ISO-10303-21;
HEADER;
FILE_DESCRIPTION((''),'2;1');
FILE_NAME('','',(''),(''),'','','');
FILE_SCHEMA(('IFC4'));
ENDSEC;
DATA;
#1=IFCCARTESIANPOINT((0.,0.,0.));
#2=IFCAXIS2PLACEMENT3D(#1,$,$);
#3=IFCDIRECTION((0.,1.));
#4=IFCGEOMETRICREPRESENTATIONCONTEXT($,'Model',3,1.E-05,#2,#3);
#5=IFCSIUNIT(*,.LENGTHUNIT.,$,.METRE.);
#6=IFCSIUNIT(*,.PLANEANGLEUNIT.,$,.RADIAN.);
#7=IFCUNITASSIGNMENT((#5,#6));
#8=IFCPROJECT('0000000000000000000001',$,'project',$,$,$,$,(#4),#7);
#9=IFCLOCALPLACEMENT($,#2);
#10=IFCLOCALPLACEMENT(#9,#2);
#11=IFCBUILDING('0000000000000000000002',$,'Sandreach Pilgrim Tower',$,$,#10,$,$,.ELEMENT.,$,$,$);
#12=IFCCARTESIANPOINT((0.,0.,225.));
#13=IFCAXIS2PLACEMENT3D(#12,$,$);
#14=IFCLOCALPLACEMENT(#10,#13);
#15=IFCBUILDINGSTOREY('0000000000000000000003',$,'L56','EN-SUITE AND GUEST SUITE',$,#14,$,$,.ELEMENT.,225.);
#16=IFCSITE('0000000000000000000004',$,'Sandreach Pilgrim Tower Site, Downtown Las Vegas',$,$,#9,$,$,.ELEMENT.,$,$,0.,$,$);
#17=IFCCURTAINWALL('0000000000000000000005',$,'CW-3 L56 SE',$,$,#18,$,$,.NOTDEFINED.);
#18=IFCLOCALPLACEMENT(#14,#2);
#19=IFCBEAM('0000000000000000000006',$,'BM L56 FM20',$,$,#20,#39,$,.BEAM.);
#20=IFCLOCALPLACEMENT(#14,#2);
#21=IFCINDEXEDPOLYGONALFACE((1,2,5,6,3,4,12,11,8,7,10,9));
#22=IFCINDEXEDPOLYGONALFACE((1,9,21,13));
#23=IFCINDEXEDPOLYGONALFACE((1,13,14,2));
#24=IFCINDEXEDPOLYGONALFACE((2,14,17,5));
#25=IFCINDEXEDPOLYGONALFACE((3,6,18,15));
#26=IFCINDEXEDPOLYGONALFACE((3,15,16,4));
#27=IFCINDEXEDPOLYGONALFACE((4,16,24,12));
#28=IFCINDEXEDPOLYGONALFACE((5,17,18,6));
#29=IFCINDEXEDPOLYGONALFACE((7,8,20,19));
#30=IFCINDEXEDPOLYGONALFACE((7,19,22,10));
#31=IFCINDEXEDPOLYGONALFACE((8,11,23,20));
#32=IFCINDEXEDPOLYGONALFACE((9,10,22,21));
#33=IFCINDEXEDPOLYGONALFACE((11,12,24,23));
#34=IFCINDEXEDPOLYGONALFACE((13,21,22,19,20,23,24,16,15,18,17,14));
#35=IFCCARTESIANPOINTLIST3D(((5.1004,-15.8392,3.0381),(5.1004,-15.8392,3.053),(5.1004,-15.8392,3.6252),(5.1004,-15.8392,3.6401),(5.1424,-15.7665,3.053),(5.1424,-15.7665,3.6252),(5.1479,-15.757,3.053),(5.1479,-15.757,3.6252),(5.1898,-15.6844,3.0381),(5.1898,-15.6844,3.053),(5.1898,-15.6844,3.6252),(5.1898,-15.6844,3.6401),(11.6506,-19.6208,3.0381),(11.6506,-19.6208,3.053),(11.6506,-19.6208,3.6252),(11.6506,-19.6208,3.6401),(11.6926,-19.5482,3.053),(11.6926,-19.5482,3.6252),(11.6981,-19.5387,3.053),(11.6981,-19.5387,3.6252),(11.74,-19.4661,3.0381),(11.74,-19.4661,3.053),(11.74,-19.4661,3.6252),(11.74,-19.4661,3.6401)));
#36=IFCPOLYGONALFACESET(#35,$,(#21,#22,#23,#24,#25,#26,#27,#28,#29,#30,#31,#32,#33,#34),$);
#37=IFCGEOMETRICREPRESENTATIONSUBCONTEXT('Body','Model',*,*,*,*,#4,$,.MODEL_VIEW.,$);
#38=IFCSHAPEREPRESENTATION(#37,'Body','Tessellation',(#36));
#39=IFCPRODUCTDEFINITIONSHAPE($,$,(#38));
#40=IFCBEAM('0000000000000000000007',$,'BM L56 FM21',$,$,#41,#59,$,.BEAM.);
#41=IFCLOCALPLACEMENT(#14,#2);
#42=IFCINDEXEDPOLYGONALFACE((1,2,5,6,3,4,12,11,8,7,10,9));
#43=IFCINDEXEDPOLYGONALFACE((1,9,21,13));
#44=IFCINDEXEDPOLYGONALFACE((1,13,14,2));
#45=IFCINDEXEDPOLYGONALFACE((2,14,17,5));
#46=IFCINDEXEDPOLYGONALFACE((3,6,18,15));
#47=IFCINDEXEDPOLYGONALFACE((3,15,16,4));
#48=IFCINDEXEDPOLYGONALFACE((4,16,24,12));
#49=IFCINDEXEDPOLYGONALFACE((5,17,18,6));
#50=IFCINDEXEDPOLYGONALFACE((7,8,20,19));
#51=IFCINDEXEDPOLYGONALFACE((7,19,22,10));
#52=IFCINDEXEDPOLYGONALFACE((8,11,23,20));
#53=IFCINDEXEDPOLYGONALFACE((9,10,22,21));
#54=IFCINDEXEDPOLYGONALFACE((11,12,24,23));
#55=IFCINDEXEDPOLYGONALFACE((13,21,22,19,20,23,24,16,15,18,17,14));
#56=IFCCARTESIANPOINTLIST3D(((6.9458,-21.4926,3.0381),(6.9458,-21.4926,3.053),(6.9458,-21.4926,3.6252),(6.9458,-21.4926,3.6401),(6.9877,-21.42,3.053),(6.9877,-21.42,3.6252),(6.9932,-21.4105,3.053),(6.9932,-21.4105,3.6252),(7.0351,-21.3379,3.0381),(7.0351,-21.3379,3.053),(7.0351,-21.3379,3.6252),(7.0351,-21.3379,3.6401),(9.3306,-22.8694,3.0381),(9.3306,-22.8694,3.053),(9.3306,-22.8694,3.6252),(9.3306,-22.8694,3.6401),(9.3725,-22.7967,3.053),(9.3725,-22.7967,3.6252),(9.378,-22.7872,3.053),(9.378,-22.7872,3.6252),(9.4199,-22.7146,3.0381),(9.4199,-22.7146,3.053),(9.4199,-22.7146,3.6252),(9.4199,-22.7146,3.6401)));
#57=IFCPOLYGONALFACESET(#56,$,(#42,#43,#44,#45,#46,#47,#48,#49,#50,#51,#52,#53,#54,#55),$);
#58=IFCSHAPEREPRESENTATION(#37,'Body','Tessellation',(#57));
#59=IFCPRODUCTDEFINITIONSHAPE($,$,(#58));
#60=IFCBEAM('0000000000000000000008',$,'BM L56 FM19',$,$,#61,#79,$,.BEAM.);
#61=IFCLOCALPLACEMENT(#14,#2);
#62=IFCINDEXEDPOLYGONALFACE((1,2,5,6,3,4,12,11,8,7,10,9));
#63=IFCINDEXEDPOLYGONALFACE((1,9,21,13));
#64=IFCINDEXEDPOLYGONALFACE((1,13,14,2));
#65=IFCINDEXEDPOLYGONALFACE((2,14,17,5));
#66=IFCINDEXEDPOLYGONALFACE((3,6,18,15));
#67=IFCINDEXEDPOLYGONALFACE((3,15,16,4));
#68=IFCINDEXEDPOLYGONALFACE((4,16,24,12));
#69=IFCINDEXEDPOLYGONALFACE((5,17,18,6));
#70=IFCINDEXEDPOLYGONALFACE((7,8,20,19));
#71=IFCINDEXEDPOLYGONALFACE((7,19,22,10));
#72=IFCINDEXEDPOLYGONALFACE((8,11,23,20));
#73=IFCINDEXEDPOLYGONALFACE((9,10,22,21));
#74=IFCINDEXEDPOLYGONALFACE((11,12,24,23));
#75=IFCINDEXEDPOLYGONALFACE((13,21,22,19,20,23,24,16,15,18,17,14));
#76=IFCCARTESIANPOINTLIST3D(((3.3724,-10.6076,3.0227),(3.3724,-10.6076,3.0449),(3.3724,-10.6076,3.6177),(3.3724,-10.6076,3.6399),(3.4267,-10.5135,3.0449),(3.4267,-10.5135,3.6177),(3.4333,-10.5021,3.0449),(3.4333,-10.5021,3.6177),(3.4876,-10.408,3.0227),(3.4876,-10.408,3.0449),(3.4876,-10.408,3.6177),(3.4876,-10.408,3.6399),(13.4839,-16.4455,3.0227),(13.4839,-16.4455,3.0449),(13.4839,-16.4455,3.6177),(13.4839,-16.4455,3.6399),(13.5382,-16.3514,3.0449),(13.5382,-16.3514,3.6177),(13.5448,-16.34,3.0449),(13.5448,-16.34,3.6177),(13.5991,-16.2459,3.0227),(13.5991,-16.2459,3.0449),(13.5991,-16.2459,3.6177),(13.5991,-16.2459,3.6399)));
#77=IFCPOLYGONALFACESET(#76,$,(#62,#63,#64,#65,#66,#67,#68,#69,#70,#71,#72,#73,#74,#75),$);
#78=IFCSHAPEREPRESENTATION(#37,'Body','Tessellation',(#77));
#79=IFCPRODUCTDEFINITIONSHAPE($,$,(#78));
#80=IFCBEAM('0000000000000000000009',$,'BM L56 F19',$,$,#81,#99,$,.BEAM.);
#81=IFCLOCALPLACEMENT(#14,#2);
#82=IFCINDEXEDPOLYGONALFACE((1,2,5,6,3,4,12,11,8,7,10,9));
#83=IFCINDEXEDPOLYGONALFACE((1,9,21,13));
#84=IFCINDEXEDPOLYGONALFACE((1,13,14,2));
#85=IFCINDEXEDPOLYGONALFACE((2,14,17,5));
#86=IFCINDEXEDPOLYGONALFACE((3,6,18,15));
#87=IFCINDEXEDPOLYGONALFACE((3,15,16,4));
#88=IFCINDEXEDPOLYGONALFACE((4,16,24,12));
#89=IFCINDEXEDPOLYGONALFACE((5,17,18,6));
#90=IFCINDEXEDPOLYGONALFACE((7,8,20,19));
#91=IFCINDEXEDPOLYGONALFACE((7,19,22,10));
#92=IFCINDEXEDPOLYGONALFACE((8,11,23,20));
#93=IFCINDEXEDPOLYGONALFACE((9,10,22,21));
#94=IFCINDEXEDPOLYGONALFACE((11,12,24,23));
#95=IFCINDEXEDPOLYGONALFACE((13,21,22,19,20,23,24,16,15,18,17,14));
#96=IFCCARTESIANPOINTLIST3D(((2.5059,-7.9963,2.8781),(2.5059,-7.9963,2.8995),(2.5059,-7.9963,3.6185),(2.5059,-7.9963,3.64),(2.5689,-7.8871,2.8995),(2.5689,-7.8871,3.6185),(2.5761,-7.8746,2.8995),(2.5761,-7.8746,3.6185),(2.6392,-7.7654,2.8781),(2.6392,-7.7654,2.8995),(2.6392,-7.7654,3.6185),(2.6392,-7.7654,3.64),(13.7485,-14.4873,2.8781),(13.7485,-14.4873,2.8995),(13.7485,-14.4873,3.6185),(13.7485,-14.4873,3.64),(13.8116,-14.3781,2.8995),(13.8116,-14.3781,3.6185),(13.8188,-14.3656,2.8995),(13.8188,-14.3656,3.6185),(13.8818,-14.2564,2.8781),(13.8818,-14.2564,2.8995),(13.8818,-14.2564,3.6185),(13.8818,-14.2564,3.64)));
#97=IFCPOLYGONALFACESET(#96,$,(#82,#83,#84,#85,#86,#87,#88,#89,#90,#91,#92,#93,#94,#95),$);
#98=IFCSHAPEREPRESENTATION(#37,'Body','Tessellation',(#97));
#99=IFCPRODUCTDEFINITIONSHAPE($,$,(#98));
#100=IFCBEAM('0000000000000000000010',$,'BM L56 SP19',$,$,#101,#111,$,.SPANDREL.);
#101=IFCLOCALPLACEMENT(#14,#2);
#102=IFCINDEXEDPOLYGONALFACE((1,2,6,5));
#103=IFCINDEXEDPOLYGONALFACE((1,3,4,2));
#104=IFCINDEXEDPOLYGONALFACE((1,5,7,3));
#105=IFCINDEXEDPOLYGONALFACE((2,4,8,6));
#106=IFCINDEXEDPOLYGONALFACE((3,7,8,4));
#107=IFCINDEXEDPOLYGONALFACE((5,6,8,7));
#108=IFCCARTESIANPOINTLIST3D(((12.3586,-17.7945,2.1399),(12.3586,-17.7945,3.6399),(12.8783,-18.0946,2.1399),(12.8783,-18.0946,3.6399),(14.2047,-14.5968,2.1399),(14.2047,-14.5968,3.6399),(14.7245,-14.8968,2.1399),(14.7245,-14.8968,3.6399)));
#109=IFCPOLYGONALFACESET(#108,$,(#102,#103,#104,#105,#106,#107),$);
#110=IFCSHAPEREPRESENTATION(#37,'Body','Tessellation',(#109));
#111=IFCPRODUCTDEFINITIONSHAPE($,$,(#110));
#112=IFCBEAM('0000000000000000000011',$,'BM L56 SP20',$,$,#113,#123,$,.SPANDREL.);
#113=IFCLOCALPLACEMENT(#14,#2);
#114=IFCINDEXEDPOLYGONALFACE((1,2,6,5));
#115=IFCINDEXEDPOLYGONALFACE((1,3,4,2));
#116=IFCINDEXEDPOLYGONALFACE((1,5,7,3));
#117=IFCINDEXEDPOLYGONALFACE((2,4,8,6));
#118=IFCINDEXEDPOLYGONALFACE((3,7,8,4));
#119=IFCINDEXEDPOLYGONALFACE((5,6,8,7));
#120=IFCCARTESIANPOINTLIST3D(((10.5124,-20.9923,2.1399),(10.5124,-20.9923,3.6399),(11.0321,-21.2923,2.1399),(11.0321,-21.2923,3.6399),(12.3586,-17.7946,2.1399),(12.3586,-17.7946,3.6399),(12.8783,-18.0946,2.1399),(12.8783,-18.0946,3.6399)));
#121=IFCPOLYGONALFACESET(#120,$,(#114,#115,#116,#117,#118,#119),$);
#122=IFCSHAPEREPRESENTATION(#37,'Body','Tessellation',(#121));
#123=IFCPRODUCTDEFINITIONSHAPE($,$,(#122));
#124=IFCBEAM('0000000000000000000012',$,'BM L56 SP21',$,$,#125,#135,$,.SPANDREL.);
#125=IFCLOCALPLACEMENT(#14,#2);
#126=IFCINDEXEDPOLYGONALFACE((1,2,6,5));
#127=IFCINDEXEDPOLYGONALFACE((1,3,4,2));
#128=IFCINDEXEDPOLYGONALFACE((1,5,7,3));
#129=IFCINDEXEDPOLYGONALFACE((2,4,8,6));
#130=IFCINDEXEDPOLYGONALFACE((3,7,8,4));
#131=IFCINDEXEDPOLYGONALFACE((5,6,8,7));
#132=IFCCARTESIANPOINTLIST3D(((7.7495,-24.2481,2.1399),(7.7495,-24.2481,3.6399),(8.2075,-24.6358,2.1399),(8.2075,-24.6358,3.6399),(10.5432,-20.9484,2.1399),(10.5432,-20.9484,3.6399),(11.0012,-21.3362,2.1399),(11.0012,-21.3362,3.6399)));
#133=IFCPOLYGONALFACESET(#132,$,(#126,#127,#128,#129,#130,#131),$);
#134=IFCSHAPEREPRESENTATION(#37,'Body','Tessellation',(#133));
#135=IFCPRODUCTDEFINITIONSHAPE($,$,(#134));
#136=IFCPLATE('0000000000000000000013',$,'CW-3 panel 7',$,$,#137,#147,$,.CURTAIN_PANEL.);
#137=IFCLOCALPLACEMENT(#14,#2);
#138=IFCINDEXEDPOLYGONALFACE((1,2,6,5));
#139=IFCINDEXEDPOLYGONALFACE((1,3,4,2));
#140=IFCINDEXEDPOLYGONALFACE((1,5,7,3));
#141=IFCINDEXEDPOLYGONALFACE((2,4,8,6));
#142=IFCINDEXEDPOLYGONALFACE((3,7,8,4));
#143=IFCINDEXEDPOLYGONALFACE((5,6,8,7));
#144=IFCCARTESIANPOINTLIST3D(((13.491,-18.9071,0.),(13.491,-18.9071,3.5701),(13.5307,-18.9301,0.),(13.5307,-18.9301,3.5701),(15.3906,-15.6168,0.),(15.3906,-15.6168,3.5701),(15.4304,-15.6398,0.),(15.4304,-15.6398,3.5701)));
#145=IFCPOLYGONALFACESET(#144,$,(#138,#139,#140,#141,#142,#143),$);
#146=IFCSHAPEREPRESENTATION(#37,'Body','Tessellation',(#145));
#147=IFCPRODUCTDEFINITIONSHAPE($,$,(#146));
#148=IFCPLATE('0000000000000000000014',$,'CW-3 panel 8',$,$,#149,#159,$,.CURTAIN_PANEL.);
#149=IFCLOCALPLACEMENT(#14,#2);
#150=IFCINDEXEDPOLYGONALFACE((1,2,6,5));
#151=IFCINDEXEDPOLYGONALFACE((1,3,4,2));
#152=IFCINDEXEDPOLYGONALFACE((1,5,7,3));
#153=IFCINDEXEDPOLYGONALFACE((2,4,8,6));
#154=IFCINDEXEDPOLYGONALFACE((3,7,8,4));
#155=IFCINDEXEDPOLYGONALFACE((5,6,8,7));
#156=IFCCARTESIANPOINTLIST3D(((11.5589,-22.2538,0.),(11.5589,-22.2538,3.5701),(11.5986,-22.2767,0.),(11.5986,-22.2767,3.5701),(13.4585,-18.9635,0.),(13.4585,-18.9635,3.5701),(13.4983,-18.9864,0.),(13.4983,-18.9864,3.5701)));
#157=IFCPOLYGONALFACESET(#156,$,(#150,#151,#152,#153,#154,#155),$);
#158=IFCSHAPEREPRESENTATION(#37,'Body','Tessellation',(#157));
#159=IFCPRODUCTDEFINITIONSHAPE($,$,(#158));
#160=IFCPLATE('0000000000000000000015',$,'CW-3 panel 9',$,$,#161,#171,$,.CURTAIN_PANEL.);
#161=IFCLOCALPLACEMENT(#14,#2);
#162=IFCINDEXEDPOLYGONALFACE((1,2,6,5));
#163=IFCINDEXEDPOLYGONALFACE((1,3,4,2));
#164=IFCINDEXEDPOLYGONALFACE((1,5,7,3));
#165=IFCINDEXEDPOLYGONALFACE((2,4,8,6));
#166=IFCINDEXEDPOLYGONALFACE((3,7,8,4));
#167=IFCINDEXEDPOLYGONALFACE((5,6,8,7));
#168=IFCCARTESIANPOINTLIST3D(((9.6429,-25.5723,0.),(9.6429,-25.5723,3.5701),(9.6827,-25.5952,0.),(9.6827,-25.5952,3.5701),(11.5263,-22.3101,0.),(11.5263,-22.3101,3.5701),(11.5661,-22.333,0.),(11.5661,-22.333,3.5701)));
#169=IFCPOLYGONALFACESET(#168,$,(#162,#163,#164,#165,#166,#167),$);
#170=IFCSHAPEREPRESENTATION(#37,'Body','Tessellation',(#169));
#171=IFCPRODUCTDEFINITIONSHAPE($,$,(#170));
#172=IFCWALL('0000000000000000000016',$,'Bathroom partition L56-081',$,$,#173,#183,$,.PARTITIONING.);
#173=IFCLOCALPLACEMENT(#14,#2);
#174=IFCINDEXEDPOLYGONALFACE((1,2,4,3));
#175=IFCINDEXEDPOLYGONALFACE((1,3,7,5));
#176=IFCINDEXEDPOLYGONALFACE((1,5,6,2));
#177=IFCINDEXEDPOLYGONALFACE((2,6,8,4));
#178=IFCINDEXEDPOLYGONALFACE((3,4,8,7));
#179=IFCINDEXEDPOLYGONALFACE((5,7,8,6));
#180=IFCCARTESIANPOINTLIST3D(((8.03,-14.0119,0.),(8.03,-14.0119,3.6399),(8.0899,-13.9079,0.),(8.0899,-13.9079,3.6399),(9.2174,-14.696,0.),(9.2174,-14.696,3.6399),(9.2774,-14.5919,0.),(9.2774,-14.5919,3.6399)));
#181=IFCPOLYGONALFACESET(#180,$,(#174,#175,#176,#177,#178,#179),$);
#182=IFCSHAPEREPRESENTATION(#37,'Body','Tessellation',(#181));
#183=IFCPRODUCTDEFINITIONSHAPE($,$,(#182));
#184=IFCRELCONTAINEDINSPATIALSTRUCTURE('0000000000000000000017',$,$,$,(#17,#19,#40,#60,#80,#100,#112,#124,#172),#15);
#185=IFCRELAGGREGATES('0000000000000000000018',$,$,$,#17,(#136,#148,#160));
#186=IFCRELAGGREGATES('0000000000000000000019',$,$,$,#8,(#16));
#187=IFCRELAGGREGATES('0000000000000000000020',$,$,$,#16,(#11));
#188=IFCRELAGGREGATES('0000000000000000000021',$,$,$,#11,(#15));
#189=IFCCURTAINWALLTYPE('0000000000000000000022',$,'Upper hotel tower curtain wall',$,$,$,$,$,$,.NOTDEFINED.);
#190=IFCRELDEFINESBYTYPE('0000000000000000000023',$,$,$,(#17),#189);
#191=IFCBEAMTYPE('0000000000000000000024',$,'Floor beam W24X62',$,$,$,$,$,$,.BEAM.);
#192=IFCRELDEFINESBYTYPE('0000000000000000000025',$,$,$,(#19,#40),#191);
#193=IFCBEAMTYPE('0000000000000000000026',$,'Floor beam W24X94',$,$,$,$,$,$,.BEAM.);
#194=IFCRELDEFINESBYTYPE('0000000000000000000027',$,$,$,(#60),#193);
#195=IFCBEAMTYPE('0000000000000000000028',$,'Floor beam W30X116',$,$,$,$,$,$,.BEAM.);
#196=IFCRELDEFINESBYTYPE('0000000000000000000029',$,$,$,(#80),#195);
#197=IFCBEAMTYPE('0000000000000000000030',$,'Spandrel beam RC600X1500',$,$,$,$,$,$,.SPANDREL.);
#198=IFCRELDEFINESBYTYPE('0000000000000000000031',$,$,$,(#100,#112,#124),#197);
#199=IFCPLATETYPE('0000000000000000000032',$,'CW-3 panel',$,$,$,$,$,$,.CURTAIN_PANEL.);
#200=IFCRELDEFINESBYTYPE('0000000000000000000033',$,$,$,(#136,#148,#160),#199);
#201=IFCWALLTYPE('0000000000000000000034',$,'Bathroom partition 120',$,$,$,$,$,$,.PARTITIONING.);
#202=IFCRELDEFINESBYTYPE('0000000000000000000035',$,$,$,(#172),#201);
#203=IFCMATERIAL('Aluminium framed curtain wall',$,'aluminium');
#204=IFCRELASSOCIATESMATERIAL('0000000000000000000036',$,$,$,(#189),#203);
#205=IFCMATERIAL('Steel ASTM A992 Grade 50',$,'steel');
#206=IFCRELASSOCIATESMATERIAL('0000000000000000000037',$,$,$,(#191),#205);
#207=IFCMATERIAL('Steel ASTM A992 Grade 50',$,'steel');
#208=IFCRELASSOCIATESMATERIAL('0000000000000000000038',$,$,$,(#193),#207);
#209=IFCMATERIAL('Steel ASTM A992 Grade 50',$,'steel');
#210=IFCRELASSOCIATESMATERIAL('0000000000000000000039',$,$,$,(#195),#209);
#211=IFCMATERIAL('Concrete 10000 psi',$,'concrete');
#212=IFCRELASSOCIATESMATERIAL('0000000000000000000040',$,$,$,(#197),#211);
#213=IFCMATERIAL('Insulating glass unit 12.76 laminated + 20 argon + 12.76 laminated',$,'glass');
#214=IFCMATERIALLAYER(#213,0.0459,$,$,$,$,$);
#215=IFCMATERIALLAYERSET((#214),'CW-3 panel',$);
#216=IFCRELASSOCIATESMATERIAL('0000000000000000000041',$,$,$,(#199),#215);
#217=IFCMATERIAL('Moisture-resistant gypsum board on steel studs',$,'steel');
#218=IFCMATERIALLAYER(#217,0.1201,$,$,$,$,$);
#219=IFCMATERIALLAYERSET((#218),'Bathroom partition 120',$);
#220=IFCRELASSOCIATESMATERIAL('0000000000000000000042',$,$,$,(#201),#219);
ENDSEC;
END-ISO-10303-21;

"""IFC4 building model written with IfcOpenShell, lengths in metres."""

from ifc_helpers import new_model, si_unit, direction, frame, frame_2d, origin, origin_2d, place, context, subcontext, project, spatial, rectangle, i_section, extrude, material, layer, layer_set, material_profile, profile_set, type_object, element, aggregate, save


model = new_model("IFC4")

# Units and contexts
model_context = context("Model", 3, precision=1e-05, world=origin(), true_north=direction((0.0, 1.0)))
body_context = subcontext(model_context, "Body", "Model", "MODEL_VIEW")
ifc_project = project(units=[si_unit("LENGTHUNIT", "METRE"), si_unit("PLANEANGLEUNIT", "RADIAN")], contexts=[model_context])

# Site, building, storey
site_placement = place(None, origin())
site = spatial("IfcSite", under=ifc_project, at=site_placement, Name="Sandreach Pilgrim Tower Site, Downtown Las Vegas", CompositionType="ELEMENT", RefElevation=0.0)
building_placement = place(site_placement, origin())
building = spatial("IfcBuilding", under=site, at=building_placement, Name="Sandreach Pilgrim Tower", CompositionType="ELEMENT")
storey_placement = place(building_placement, frame((0.0, 0.0, 225.0)))
storey = spatial("IfcBuildingStorey", under=building, at=storey_placement, Name="L56", Description="EN-SUITE AND GUEST SUITE", CompositionType="ELEMENT", Elevation=225.0)

# Curtain wall
ifc_material_1 = material(Name="Aluminium framed curtain wall", Category="aluminium")
curtain_wall_type = type_object("IfcCurtainWallType", Name="Upper hotel tower curtain wall", PredefinedType="NOTDEFINED", material=ifc_material_1)
curtain_wall_1_placement = place(storey_placement, origin())
curtain_wall_1 = element("IfcCurtainWall", 1, at=curtain_wall_1_placement, inside=storey, type_object=curtain_wall_type, Name="CW-3 L56 SE", PredefinedType="NOTDEFINED")

# Beams
ifc_material_2 = material(Name="Steel ASTM A992 Grade 50", Category="steel")
ifc_material_profile_1 = material_profile(ifc_material_2, i_section(OverallWidth=0.1787, OverallDepth=0.6021, WebThickness=0.011, FlangeThickness=0.0149, at=origin_2d()), Name="W24X62")
ifc_profile_set_1 = profile_set([ifc_material_profile_1], Name="Steel ASTM A992 Grade 50")
beam_type_1 = type_object("IfcBeamType", Name="Floor beam W24X62", PredefinedType="BEAM", material=ifc_profile_set_1)
beam_1_placement = place(storey_placement, frame((11.6953, -19.5435, 3.3391), z_axis=(-0.86603, 0.499993, 0.0), x_axis=(-0.499993, -0.86603, 0.0)))
element("IfcBeam", 2, at=beam_1_placement, inside=storey, type_object=beam_type_1, Name="BM L56 FM20", PredefinedType="BEAM", context=body_context, shape_type="SweptSolid", body=[
    extrude(i_section(OverallWidth=0.1787, OverallDepth=0.6021, WebThickness=0.011, FlangeThickness=0.0149, at=origin_2d()), origin(), (0.0, 0.0, 1.0), 7.5635),
])
beam_2_placement = place(storey_placement, frame((9.3752, -22.792, 3.3391), z_axis=(-0.866047, 0.499963, 0.0), x_axis=(-0.499963, -0.866047, 0.0)))
element("IfcBeam", 3, at=beam_2_placement, inside=storey, type_object=beam_type_1, Name="BM L56 FM21", PredefinedType="BEAM", context=body_context, shape_type="SweptSolid", body=[
    extrude(i_section(OverallWidth=0.1787, OverallDepth=0.6021, WebThickness=0.011, FlangeThickness=0.0149, at=origin_2d()), origin(), (0.0, 0.0, 1.0), 2.7537),
])
ifc_material_3 = material(Name="Steel ASTM A992 Grade 50", Category="steel")
ifc_material_profile_2 = material_profile(ifc_material_3, i_section(OverallWidth=0.2305, OverallDepth=0.6172, WebThickness=0.0132, FlangeThickness=0.0222, at=origin_2d()), Name="W24X94")
ifc_profile_set_2 = profile_set([ifc_material_profile_2], Name="Steel ASTM A992 Grade 50")
beam_type_2 = type_object("IfcBeamType", Name="Floor beam W24X94", PredefinedType="BEAM", material=ifc_profile_set_2)
beam_3_placement = place(storey_placement, frame((13.5415, -16.3457, 3.3313), z_axis=(-0.866026, 0.499998, 0.0), x_axis=(-0.499998, -0.866026, 0.0)))
element("IfcBeam", 4, at=beam_3_placement, inside=storey, type_object=beam_type_2, Name="BM L56 FM19", PredefinedType="BEAM", context=body_context, shape_type="SweptSolid", body=[
    extrude(i_section(OverallWidth=0.2305, OverallDepth=0.6172, WebThickness=0.0132, FlangeThickness=0.0222, at=origin_2d()), origin(), (0.0, 0.0, 1.0), 11.6758),
])
ifc_material_4 = material(Name="Steel ASTM A992 Grade 50", Category="steel")
ifc_material_profile_3 = material_profile(ifc_material_4, i_section(OverallWidth=0.2666, OverallDepth=0.762, WebThickness=0.0144, FlangeThickness=0.0215, at=origin_2d()), Name="W30X116")
ifc_profile_set_3 = profile_set([ifc_material_profile_3], Name="Steel ASTM A992 Grade 50")
beam_type_3 = type_object("IfcBeamType", Name="Floor beam W30X116", PredefinedType="BEAM", material=ifc_profile_set_3)
beam_4_placement = place(storey_placement, frame((13.8152, -14.3718, 3.259), z_axis=(-0.866025, 0.5, 0.0), x_axis=(-0.5, -0.866025, 0.0)))
element("IfcBeam", 5, at=beam_4_placement, inside=storey, type_object=beam_type_3, Name="BM L56 F19", PredefinedType="BEAM", context=body_context, shape_type="SweptSolid", body=[
    extrude(i_section(OverallWidth=0.2666, OverallDepth=0.762, WebThickness=0.0144, FlangeThickness=0.0215, at=origin_2d()), origin(), (0.0, 0.0, 1.0), 12.9819),
])
ifc_material_5 = material(Name="Concrete 10000 psi", Category="concrete")
ifc_material_profile_4 = material_profile(ifc_material_5, rectangle(XDim=0.6001, YDim=1.5, at=origin_2d()), Name="RC600X1500")
ifc_profile_set_4 = profile_set([ifc_material_profile_4], Name="Concrete 10000 psi")
beam_type_4 = type_object("IfcBeamType", Name="Spandrel beam RC600X1500", PredefinedType="SPANDREL", material=ifc_profile_set_4)
for number, where, z_axis, x_axis, name in (
    (6, (14.4646, -14.7468, 2.8899), (-0.499993, -0.866029, 0.0), (0.866029, -0.499993, 0.0), "BM L56 SP19"),
    (7, (12.6184, -17.9446, 2.8899), (-0.499993, -0.866029, 0.0), (0.866029, -0.499993, 0.0), "BM L56 SP20"),
):
    element("IfcBeam", number, at=place(storey_placement, frame(where, z_axis=z_axis, x_axis=x_axis)), inside=storey, type_object=beam_type_4, Name=name, PredefinedType="SPANDREL", context=body_context, shape_type="SweptSolid", body=[
        extrude(rectangle(XDim=0.6001, YDim=1.5, at=origin_2d()), origin(), (0.0, 0.0, 1.0), 3.6924),
    ])
beam_5_placement = place(storey_placement, frame((10.7722, -21.1423, 2.8899), z_axis=(-0.64618, -0.763185, 0.0), x_axis=(0.763185, -0.64618, 0.0)))
element("IfcBeam", 8, at=beam_5_placement, inside=storey, type_object=beam_type_4, Name="BM L56 SP21", PredefinedType="SPANDREL", context=body_context, shape_type="SweptSolid", body=[
    extrude(rectangle(XDim=0.6001, YDim=1.5, at=origin_2d()), origin(), (0.0, 0.0, 1.0), 4.3235),
])

# Plates
ifc_material_6 = material(Name="Insulating glass unit 12.76 laminated + 20 argon + 12.76 laminated", Category="glass")
ifc_layer_1 = layer(ifc_material_6, 0.0459)
ifc_layer_set_1 = layer_set([ifc_layer_1], Name="CW-3 panel")
plate_type = type_object("IfcPlateType", Name="CW-3 panel", PredefinedType="CURTAIN_PANEL", material=ifc_layer_set_1)
plate_1_placement = place(storey_placement, frame((14.4607, -17.2734, 0.0), z_axis=(0.0, 0.0, 1.0), x_axis=(-0.5, -0.866025, 0.0)))
plate_1 = element("IfcPlate", 9, at=plate_1_placement, type_object=plate_type, Name="CW-3 panel 7", PredefinedType="CURTAIN_PANEL", context=body_context, shape_type="SweptSolid", body=[
    extrude(rectangle(XDim=3.7993, YDim=0.0459, at=origin_2d()), origin(), (0.0, 0.0, 1.0), 3.5701),
])
plate_2_placement = place(storey_placement, frame((12.5286, -20.6201, 0.0), z_axis=(0.0, 0.0, 1.0), x_axis=(-0.5, -0.866025, 0.0)))
plate_2 = element("IfcPlate", 10, at=plate_2_placement, type_object=plate_type, Name="CW-3 panel 8", PredefinedType="CURTAIN_PANEL", context=body_context, shape_type="SweptSolid", body=[
    extrude(rectangle(XDim=3.7993, YDim=0.0459, at=origin_2d()), origin(), (0.0, 0.0, 1.0), 3.5701),
])
plate_3_placement = place(storey_placement, frame((10.6045, -23.9526, 0.0), z_axis=(0.0, 0.0, 1.0), x_axis=(-0.5, -0.866025, 0.0)))
plate_3 = element("IfcPlate", 11, at=plate_3_placement, type_object=plate_type, Name="CW-3 panel 9", PredefinedType="CURTAIN_PANEL", context=body_context, shape_type="SweptSolid", body=[
    extrude(rectangle(XDim=3.7668, YDim=0.0459, at=origin_2d()), origin(), (0.0, 0.0, 1.0), 3.5701),
])
aggregate(curtain_wall_1, [plate_1, plate_2, plate_3])

# Wall
ifc_material_7 = material(Name="Moisture-resistant gypsum board on steel studs", Category="steel")
ifc_layer_2 = layer(ifc_material_7, 0.1201)
ifc_layer_set_2 = layer_set([ifc_layer_2], Name="Bathroom partition 120")
wall_type_1 = type_object("IfcWallType", Name="Bathroom partition 120", PredefinedType="PARTITIONING", material=ifc_layer_set_2)
wall_1_placement = place(storey_placement, frame((8.0601, -13.96, 0.0), z_axis=(0.0, 0.0, 1.0), x_axis=(0.866506, -0.499167, 0.0)))
element("IfcWall", 12, at=wall_1_placement, inside=storey, type_object=wall_type_1, Name="Bathroom partition L56-081", PredefinedType="PARTITIONING", context=body_context, shape_type="SweptSolid", body=[
    extrude(rectangle(XDim=1.3704, YDim=0.1201, at=frame_2d((0.6851, 0.0))), origin(), (0.0, 0.0, 1.0), 3.6399),
])

save(model, "model.ifc")
